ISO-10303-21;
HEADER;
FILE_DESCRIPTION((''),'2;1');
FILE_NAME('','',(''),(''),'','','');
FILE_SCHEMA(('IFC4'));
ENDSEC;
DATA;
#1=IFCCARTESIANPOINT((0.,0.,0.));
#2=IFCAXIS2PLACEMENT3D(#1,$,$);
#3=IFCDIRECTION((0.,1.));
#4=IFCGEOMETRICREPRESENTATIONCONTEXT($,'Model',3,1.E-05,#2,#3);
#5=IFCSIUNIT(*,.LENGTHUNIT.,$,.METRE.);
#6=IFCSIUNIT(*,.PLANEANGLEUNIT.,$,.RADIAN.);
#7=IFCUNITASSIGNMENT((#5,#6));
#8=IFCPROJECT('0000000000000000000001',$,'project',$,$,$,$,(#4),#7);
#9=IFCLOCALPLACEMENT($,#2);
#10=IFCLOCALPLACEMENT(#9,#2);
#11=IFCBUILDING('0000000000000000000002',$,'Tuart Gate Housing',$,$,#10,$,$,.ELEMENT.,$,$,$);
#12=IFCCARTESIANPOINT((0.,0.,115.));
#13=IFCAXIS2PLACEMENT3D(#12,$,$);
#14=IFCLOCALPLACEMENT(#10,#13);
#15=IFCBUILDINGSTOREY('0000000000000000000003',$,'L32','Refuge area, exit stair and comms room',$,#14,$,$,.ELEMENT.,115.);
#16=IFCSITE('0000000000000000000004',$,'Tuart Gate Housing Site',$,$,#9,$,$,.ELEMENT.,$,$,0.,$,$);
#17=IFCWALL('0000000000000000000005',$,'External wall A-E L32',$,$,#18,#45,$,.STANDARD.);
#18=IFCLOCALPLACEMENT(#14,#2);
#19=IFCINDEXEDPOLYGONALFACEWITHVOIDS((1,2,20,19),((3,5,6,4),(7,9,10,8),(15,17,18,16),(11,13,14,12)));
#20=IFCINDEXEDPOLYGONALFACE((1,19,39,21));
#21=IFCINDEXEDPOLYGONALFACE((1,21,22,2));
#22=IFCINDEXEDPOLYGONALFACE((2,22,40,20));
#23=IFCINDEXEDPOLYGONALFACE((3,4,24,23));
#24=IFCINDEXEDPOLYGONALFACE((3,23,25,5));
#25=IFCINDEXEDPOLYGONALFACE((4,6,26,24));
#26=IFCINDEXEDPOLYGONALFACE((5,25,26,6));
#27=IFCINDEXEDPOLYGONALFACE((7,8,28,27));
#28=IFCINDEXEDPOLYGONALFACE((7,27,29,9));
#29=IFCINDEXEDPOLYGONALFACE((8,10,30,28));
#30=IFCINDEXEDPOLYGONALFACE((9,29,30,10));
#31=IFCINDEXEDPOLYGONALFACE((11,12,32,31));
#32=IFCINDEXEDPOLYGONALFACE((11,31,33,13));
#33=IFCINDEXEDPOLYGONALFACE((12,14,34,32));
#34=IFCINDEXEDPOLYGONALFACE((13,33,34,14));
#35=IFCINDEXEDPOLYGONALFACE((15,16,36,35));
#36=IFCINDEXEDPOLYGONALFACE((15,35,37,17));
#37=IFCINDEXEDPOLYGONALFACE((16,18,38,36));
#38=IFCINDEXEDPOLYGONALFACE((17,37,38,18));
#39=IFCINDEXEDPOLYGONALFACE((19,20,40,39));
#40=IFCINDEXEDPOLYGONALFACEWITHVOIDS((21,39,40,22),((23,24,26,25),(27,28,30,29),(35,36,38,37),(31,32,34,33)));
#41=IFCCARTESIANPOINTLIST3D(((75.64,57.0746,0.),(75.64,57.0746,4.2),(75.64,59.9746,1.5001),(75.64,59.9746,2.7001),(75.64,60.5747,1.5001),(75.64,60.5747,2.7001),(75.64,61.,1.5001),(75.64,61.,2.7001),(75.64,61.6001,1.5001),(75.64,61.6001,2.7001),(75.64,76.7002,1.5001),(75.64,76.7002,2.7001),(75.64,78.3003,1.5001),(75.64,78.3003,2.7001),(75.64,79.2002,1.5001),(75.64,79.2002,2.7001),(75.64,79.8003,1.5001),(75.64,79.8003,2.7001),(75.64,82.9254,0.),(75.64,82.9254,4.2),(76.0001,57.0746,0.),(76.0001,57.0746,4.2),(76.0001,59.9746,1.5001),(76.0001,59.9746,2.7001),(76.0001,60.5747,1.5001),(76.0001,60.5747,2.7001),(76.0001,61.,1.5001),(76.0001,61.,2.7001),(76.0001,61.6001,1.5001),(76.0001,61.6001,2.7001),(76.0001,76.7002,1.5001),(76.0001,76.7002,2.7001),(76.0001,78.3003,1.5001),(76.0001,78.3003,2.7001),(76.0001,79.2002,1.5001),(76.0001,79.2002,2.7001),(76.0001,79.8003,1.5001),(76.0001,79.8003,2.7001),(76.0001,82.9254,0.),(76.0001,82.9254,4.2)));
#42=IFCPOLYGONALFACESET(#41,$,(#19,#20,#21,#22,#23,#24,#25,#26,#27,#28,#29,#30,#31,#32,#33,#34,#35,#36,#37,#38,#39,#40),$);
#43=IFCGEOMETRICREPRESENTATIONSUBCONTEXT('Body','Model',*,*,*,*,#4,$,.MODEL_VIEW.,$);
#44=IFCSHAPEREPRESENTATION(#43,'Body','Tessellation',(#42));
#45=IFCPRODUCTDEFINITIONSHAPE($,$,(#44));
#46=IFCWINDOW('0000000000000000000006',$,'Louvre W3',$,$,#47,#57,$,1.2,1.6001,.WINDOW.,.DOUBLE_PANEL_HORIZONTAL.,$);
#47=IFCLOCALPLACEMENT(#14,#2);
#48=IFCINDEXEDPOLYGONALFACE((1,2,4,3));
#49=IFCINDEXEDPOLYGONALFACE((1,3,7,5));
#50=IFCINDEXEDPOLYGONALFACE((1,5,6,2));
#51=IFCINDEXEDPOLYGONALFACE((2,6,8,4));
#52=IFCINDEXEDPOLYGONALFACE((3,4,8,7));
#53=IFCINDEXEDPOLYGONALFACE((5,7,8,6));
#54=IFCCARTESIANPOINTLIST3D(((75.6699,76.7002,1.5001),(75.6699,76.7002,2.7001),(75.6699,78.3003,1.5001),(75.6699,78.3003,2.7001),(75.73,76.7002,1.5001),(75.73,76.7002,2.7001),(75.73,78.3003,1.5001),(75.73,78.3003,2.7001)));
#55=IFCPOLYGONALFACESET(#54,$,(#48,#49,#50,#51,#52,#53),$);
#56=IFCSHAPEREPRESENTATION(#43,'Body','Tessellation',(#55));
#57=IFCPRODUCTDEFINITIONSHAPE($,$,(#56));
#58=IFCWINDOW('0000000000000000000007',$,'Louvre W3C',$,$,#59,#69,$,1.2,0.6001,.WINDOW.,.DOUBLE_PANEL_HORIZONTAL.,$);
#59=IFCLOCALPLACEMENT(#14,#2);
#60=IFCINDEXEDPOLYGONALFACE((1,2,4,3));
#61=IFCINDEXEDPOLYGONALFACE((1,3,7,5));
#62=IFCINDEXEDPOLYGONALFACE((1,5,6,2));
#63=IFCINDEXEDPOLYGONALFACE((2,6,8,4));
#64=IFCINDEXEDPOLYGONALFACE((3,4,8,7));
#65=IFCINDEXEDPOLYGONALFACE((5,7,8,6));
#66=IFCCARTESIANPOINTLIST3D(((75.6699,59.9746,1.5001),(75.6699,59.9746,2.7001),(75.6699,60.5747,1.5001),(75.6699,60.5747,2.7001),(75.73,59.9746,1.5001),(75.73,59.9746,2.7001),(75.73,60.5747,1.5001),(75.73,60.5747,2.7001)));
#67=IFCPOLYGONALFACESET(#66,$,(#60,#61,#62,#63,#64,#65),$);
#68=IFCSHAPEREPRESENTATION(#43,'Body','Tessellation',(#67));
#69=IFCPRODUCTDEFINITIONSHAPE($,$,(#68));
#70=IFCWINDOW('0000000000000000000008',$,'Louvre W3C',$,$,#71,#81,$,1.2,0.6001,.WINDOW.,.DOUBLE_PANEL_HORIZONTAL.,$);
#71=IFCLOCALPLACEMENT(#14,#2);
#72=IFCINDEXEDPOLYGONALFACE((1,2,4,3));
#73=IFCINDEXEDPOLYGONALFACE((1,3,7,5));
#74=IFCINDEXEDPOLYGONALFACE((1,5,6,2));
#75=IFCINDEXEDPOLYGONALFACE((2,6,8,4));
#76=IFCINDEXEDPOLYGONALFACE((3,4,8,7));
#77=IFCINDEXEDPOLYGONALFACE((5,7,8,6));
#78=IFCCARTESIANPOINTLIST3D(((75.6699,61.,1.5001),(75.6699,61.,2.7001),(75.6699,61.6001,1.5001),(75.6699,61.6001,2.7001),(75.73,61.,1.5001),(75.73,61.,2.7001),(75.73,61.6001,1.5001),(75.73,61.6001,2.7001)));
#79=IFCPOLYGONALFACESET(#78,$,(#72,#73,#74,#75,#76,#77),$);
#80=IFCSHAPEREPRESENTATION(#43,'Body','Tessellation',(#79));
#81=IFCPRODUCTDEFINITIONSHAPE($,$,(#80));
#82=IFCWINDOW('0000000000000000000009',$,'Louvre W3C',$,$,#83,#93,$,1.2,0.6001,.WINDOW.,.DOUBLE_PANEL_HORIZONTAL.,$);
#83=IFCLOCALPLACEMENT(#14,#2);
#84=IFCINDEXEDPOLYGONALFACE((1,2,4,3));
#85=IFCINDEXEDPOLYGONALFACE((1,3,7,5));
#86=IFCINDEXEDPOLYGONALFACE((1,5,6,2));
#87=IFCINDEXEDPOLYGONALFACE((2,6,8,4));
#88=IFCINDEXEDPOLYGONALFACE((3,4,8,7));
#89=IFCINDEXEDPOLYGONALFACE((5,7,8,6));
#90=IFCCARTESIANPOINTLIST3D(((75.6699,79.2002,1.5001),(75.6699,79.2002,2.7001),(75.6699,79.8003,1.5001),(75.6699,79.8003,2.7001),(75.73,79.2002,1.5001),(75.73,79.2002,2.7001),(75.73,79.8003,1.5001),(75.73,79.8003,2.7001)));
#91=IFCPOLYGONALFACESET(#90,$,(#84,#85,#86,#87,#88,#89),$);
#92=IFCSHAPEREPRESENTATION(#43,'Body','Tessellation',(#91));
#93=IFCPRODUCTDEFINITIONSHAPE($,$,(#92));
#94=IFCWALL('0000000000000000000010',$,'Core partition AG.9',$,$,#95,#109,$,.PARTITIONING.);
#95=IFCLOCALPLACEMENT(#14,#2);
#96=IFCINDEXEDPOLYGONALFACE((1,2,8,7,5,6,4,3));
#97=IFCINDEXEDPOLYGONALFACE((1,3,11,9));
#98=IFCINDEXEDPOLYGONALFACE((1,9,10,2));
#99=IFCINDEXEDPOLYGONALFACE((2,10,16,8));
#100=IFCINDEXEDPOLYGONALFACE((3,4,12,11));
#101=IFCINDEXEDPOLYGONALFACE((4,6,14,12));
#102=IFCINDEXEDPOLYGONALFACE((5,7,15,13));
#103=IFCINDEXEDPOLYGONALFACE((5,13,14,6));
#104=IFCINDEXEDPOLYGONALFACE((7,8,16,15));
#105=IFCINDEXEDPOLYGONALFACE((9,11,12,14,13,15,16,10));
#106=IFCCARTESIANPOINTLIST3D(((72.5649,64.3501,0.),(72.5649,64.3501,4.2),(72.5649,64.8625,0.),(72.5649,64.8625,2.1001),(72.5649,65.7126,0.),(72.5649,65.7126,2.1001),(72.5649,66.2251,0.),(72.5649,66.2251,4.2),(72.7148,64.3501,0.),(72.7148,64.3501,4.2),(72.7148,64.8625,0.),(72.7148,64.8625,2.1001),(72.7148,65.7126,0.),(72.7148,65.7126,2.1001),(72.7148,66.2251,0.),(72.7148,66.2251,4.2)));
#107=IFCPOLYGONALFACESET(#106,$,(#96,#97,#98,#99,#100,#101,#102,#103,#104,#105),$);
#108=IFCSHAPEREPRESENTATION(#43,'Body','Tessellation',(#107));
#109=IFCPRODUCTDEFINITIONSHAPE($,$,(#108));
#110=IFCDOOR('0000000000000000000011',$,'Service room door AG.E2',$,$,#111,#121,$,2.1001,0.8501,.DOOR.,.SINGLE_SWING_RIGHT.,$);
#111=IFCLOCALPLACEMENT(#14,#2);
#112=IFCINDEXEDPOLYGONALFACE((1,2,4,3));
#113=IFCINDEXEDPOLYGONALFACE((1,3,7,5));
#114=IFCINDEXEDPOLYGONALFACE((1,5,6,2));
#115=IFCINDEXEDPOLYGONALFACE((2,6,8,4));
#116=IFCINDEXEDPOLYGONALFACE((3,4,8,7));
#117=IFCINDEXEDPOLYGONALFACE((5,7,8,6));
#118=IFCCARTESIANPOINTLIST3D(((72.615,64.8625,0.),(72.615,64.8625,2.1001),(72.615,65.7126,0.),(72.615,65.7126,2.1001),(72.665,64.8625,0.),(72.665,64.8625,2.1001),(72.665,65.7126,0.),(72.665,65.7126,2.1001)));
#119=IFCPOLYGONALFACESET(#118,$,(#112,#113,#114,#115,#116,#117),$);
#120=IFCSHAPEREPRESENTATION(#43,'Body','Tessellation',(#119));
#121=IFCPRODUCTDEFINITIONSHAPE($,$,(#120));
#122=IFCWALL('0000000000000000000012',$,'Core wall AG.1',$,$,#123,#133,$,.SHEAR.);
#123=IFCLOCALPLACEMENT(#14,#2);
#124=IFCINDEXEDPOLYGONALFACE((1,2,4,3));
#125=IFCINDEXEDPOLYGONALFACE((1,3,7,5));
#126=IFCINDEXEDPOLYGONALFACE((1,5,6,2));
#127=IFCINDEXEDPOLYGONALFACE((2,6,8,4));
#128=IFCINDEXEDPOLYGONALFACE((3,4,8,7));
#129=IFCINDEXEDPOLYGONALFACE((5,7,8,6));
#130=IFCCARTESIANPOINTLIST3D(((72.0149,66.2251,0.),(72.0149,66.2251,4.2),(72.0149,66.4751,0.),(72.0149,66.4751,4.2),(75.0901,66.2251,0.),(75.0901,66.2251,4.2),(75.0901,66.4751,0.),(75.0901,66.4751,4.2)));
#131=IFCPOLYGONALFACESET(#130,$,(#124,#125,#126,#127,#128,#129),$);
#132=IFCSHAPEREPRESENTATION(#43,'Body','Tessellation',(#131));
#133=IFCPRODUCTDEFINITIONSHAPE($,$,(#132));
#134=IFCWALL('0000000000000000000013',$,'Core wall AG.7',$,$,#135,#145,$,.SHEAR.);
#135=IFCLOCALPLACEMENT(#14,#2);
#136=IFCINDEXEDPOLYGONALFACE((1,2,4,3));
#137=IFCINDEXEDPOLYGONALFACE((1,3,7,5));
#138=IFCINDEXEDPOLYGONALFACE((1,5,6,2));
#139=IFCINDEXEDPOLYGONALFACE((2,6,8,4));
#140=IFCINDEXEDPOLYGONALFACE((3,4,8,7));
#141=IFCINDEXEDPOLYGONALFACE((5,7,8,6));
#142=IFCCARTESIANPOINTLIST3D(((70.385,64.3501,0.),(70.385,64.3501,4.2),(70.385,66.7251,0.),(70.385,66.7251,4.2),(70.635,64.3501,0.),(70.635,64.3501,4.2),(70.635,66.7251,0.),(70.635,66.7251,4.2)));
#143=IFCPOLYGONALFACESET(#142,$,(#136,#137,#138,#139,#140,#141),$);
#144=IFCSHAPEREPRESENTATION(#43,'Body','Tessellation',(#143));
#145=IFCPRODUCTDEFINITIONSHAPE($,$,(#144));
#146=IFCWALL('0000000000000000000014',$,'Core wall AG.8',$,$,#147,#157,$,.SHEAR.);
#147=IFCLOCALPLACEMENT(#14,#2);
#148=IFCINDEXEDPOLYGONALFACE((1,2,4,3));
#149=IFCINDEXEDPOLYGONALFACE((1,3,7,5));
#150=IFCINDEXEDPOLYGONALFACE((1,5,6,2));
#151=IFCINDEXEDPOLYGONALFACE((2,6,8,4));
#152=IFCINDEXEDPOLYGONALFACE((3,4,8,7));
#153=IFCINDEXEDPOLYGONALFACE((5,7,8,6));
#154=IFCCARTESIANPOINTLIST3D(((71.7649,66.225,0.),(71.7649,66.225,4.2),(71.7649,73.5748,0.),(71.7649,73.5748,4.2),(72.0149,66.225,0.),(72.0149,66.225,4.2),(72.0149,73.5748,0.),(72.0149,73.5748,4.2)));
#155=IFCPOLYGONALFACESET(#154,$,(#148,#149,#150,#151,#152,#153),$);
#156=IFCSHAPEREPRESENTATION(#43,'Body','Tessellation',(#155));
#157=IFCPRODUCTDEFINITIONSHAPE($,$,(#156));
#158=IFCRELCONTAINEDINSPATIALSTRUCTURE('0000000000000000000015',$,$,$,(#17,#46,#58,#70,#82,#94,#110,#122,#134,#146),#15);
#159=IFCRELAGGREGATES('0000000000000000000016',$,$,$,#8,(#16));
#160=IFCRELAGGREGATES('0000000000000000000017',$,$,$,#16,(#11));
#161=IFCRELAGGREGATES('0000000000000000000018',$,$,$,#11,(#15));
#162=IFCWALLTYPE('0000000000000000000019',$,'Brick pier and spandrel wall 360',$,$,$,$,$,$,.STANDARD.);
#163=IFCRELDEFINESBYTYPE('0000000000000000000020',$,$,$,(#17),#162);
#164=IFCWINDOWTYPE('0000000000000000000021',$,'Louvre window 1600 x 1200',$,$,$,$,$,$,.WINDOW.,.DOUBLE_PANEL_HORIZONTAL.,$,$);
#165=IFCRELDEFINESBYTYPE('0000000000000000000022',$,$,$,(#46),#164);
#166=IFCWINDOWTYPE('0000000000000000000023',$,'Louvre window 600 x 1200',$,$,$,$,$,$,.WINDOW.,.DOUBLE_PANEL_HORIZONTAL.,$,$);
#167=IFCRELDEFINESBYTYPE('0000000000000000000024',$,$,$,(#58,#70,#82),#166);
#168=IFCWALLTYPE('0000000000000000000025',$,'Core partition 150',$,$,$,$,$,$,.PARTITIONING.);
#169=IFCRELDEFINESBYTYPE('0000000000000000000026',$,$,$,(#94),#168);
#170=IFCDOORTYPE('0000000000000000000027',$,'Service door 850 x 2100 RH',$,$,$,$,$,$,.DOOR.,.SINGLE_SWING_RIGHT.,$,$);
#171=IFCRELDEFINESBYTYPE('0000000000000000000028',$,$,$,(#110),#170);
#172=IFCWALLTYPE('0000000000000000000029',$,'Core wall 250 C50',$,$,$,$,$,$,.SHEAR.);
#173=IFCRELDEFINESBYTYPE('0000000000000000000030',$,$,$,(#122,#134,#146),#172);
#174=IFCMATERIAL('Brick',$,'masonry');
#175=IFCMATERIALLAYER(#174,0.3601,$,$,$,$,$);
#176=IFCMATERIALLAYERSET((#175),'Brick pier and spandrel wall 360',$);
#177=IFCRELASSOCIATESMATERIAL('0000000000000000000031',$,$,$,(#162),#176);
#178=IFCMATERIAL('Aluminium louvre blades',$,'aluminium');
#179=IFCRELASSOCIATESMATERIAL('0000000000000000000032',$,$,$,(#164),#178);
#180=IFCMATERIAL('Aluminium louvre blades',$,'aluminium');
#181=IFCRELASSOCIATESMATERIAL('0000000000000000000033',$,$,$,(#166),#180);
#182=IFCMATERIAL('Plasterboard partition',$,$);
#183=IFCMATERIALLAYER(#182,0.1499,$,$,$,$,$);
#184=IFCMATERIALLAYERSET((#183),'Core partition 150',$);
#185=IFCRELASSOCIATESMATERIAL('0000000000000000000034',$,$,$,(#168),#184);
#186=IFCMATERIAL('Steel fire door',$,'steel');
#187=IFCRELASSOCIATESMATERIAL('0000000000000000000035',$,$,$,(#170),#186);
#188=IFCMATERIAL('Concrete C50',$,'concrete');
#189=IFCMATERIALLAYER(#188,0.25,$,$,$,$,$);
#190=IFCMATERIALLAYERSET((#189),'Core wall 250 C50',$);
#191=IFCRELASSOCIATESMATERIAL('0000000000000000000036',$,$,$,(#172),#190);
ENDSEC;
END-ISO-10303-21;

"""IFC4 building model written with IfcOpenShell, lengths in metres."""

from ifc_helpers import new_model, si_unit, direction, frame, frame_2d, origin, place, context, subcontext, project, spatial, rectangle, extrude, material, layer, layer_set, type_object, element, fill, save


model = new_model("IFC4")

# Units and contexts
model_context = context("Model", 3, precision=1e-05, world=origin(), true_north=direction((0.0, 1.0)))
body_context = subcontext(model_context, "Body", "Model", "MODEL_VIEW")
ifc_project = project(units=[si_unit("LENGTHUNIT", "METRE"), si_unit("PLANEANGLEUNIT", "RADIAN")], contexts=[model_context])

# Site, building, storey
site_placement = place(None, origin())
site = spatial("IfcSite", under=ifc_project, at=site_placement, Name="Tuart Gate Housing Site", CompositionType="ELEMENT", RefElevation=0.0)
building_placement = place(site_placement, origin())
building = spatial("IfcBuilding", under=site, at=building_placement, Name="Tuart Gate Housing", CompositionType="ELEMENT")
storey_placement = place(building_placement, frame((0.0, 0.0, 115.0)))
storey = spatial("IfcBuildingStorey", under=building, at=storey_placement, Name="L32", Description="Refuge area, exit stair and comms room", CompositionType="ELEMENT", Elevation=115.0)

# Wall, openings, windows
ifc_material_1 = material(Name="Brick", Category="masonry")
ifc_layer_1 = layer(ifc_material_1, 0.3601)
ifc_layer_set_1 = layer_set([ifc_layer_1], Name="Brick pier and spandrel wall 360")
wall_type_1 = type_object("IfcWallType", Name="Brick pier and spandrel wall 360", PredefinedType="STANDARD", material=ifc_layer_set_1)
wall_1_placement = place(storey_placement, frame((75.8201, 57.0747, 0.0), z_axis=(0.0, 0.0, 1.0), x_axis=(0.0, 1.0, 0.0)))
wall_1 = element("IfcWall", 1, at=wall_1_placement, inside=storey, type_object=wall_type_1, Name="External wall A-E L32", PredefinedType="STANDARD", context=body_context, shape_type="SweptSolid", body=[
    extrude(rectangle(XDim=25.8508, YDim=0.3601, at=frame_2d((12.9253, 0.0))), origin(), (0.0, 0.0, 1.0), 4.2),
])
opening_1_placement = place(wall_1_placement, frame((2.8999, 0.0, 1.5)))
opening_1 = element("IfcOpeningElement", 2, at=opening_1_placement, cuts=wall_1, PredefinedType="OPENING", context=body_context, shape_type="SweptSolid", body=[
    extrude(rectangle(XDim=0.6001, YDim=1.2, at=frame_2d((0.3, 0.6001))), frame((0.0, 0.1899, 0.0), z_axis=(0.0, -1.0, 0.0), x_axis=(1.0, 0.0, 0.0)), (0.0, 0.0, 1.0), 0.3801),
])
opening_2_placement = place(wall_1_placement, frame((3.9253, 0.0, 1.5)))
opening_2 = element("IfcOpeningElement", 3, at=opening_2_placement, cuts=wall_1, PredefinedType="OPENING", context=body_context, shape_type="SweptSolid", body=[
    extrude(rectangle(XDim=0.6001, YDim=1.2, at=frame_2d((0.3, 0.6001))), frame((0.0, 0.1899, 0.0), z_axis=(0.0, -1.0, 0.0), x_axis=(1.0, 0.0, 0.0)), (0.0, 0.0, 1.0), 0.3801),
])
opening_3_placement = place(wall_1_placement, frame((19.6255, 0.0, 1.5)))
opening_3 = element("IfcOpeningElement", 4, at=opening_3_placement, cuts=wall_1, PredefinedType="OPENING", context=body_context, shape_type="SweptSolid", body=[
    extrude(rectangle(XDim=1.6001, YDim=1.2, at=frame_2d((0.8, 0.6001))), frame((0.0, 0.1899, 0.0), z_axis=(0.0, -1.0, 0.0), x_axis=(1.0, 0.0, 0.0)), (0.0, 0.0, 1.0), 0.3801),
])
opening_4_placement = place(wall_1_placement, frame((22.1255, 0.0, 1.5)))
opening_4 = element("IfcOpeningElement", 5, at=opening_4_placement, cuts=wall_1, PredefinedType="OPENING", context=body_context, shape_type="SweptSolid", body=[
    extrude(rectangle(XDim=0.6001, YDim=1.2, at=frame_2d((0.3, 0.6001))), frame((0.0, 0.1899, 0.0), z_axis=(0.0, -1.0, 0.0), x_axis=(1.0, 0.0, 0.0)), (0.0, 0.0, 1.0), 0.3801),
])
ifc_material_2 = material(Name="Aluminium louvre blades", Category="aluminium")
window_type_1 = type_object("IfcWindowType", Name="Louvre window 1600 x 1200", PartitioningType="DOUBLE_PANEL_HORIZONTAL", PredefinedType="WINDOW", material=ifc_material_2)
window_1_placement = place(opening_3_placement, origin())
window_1 = element("IfcWindow", 6, at=window_1_placement, inside=storey, type_object=window_type_1, Name="Louvre W3", OverallHeight=1.2, OverallWidth=1.6001, PartitioningType="DOUBLE_PANEL_HORIZONTAL", PredefinedType="WINDOW", context=body_context, shape_type="SweptSolid", body=[
    extrude(rectangle(XDim=1.6001, YDim=1.2, at=frame_2d((0.8, 0.6001))), frame((0.0, 0.1501, 0.0), z_axis=(0.0, -1.0, 0.0), x_axis=(1.0, 0.0, 0.0)), (0.0, 0.0, 1.0), 0.0601),
])
fill(opening_3, window_1)
ifc_material_3 = material(Name="Aluminium louvre blades", Category="aluminium")
window_type_2 = type_object("IfcWindowType", Name="Louvre window 600 x 1200", PartitioningType="DOUBLE_PANEL_HORIZONTAL", PredefinedType="WINDOW", material=ifc_material_3)
window_2_placement = place(opening_1_placement, origin())
window_2 = element("IfcWindow", 7, at=window_2_placement, inside=storey, type_object=window_type_2, Name="Louvre W3C", OverallHeight=1.2, OverallWidth=0.6001, PartitioningType="DOUBLE_PANEL_HORIZONTAL", PredefinedType="WINDOW", context=body_context, shape_type="SweptSolid", body=[
    extrude(rectangle(XDim=0.6001, YDim=1.2, at=frame_2d((0.3, 0.6001))), frame((0.0, 0.1501, 0.0), z_axis=(0.0, -1.0, 0.0), x_axis=(1.0, 0.0, 0.0)), (0.0, 0.0, 1.0), 0.0601),
])
fill(opening_1, window_2)
window_3_placement = place(opening_2_placement, origin())
window_3 = element("IfcWindow", 8, at=window_3_placement, inside=storey, type_object=window_type_2, Name="Louvre W3C", OverallHeight=1.2, OverallWidth=0.6001, PartitioningType="DOUBLE_PANEL_HORIZONTAL", PredefinedType="WINDOW", context=body_context, shape_type="SweptSolid", body=[
    extrude(rectangle(XDim=0.6001, YDim=1.2, at=frame_2d((0.3, 0.6001))), frame((0.0, 0.1501, 0.0), z_axis=(0.0, -1.0, 0.0), x_axis=(1.0, 0.0, 0.0)), (0.0, 0.0, 1.0), 0.0601),
])
fill(opening_2, window_3)
window_4_placement = place(opening_4_placement, origin())
window_4 = element("IfcWindow", 9, at=window_4_placement, inside=storey, type_object=window_type_2, Name="Louvre W3C", OverallHeight=1.2, OverallWidth=0.6001, PartitioningType="DOUBLE_PANEL_HORIZONTAL", PredefinedType="WINDOW", context=body_context, shape_type="SweptSolid", body=[
    extrude(rectangle(XDim=0.6001, YDim=1.2, at=frame_2d((0.3, 0.6001))), frame((0.0, 0.1501, 0.0), z_axis=(0.0, -1.0, 0.0), x_axis=(1.0, 0.0, 0.0)), (0.0, 0.0, 1.0), 0.0601),
])
fill(opening_4, window_4)

# Wall, opening, door
ifc_material_4 = material(Name="Plasterboard partition")
ifc_layer_2 = layer(ifc_material_4, 0.1499)
ifc_layer_set_2 = layer_set([ifc_layer_2], Name="Core partition 150")
wall_type_2 = type_object("IfcWallType", Name="Core partition 150", PredefinedType="PARTITIONING", material=ifc_layer_set_2)
wall_2_placement = place(storey_placement, frame((72.6399, 64.3501, 0.0), z_axis=(0.0, 0.0, 1.0), x_axis=(0.0, 1.0, 0.0)))
wall_2 = element("IfcWall", 10, at=wall_2_placement, inside=storey, type_object=wall_type_2, Name="Core partition AG.9", PredefinedType="PARTITIONING", context=body_context, shape_type="SweptSolid", body=[
    extrude(rectangle(XDim=1.875, YDim=0.1499, at=frame_2d((0.9375, 0.0))), origin(), (0.0, 0.0, 1.0), 4.2),
])
opening_5_placement = place(wall_2_placement, frame((0.5125, 0.0, 0.0)))
opening_5 = element("IfcOpeningElement", 11, at=opening_5_placement, cuts=wall_2, PredefinedType="OPENING", context=body_context, shape_type="SweptSolid", body=[
    extrude(rectangle(XDim=0.8501, YDim=2.1001, at=frame_2d((0.425, 1.05))), frame((0.0, 0.085, 0.0), z_axis=(0.0, -1.0, 0.0), x_axis=(1.0, 0.0, 0.0)), (0.0, 0.0, 1.0), 0.1699),
])
ifc_material_5 = material(Name="Steel fire door", Category="steel")
door_type = type_object("IfcDoorType", Name="Service door 850 x 2100 RH", OperationType="SINGLE_SWING_RIGHT", PredefinedType="DOOR", material=ifc_material_5)
door_placement = place(opening_5_placement, frame((0.8501, 0.0, 0.0), z_axis=(0.0, 0.0, 1.0), x_axis=(-1.0, 0.0, 0.0)))
door = element("IfcDoor", 12, at=door_placement, inside=storey, type_object=door_type, Name="Service room door AG.E2", OperationType="SINGLE_SWING_RIGHT", OverallHeight=2.1001, OverallWidth=0.8501, PredefinedType="DOOR", context=body_context, shape_type="SweptSolid", body=[
    extrude(rectangle(XDim=0.8501, YDim=2.1001, at=frame_2d((0.425, 1.05))), frame((0.0, 0.0251, 0.0), z_axis=(0.0, -1.0, 0.0), x_axis=(1.0, 0.0, 0.0)), (0.0, 0.0, 1.0), 0.05),
])
fill(opening_5, door)

# Walls
ifc_material_6 = material(Name="Concrete C50", Category="concrete")
ifc_layer_3 = layer(ifc_material_6, 0.25)
ifc_layer_set_3 = layer_set([ifc_layer_3], Name="Core wall 250 C50")
wall_type_3 = type_object("IfcWallType", Name="Core wall 250 C50", PredefinedType="SHEAR", material=ifc_layer_set_3)
wall_3_placement = place(storey_placement, frame((72.0149, 66.3501, 0.0), z_axis=(0.0, 0.0, 1.0), x_axis=(1.0, 0.0, 0.0)))
element("IfcWall", 13, at=wall_3_placement, inside=storey, type_object=wall_type_3, Name="Core wall AG.1", PredefinedType="SHEAR", context=body_context, shape_type="SweptSolid", body=[
    extrude(rectangle(XDim=3.0752, YDim=0.25, at=frame_2d((1.5376, 0.0))), origin(), (0.0, 0.0, 1.0), 4.2),
])
wall_4_placement = place(storey_placement, frame((70.51, 64.3501, 0.0), z_axis=(0.0, 0.0, 1.0), x_axis=(0.0, 1.0, 0.0)))
element("IfcWall", 14, at=wall_4_placement, inside=storey, type_object=wall_type_3, Name="Core wall AG.7", PredefinedType="SHEAR", context=body_context, shape_type="SweptSolid", body=[
    extrude(rectangle(XDim=2.375, YDim=0.25, at=frame_2d((1.1875, 0.0))), origin(), (0.0, 0.0, 1.0), 4.2),
])
wall_5_placement = place(storey_placement, frame((71.8899, 66.2251, 0.0), z_axis=(0.0, 0.0, 1.0), x_axis=(0.0, 1.0, 0.0)))
element("IfcWall", 15, at=wall_5_placement, inside=storey, type_object=wall_type_3, Name="Core wall AG.8", PredefinedType="SHEAR", context=body_context, shape_type="SweptSolid", body=[
    extrude(rectangle(XDim=7.3499, YDim=0.25, at=frame_2d((3.6748, 0.0))), origin(), (0.0, 0.0, 1.0), 4.2),
])

save(model, "model.ifc")
